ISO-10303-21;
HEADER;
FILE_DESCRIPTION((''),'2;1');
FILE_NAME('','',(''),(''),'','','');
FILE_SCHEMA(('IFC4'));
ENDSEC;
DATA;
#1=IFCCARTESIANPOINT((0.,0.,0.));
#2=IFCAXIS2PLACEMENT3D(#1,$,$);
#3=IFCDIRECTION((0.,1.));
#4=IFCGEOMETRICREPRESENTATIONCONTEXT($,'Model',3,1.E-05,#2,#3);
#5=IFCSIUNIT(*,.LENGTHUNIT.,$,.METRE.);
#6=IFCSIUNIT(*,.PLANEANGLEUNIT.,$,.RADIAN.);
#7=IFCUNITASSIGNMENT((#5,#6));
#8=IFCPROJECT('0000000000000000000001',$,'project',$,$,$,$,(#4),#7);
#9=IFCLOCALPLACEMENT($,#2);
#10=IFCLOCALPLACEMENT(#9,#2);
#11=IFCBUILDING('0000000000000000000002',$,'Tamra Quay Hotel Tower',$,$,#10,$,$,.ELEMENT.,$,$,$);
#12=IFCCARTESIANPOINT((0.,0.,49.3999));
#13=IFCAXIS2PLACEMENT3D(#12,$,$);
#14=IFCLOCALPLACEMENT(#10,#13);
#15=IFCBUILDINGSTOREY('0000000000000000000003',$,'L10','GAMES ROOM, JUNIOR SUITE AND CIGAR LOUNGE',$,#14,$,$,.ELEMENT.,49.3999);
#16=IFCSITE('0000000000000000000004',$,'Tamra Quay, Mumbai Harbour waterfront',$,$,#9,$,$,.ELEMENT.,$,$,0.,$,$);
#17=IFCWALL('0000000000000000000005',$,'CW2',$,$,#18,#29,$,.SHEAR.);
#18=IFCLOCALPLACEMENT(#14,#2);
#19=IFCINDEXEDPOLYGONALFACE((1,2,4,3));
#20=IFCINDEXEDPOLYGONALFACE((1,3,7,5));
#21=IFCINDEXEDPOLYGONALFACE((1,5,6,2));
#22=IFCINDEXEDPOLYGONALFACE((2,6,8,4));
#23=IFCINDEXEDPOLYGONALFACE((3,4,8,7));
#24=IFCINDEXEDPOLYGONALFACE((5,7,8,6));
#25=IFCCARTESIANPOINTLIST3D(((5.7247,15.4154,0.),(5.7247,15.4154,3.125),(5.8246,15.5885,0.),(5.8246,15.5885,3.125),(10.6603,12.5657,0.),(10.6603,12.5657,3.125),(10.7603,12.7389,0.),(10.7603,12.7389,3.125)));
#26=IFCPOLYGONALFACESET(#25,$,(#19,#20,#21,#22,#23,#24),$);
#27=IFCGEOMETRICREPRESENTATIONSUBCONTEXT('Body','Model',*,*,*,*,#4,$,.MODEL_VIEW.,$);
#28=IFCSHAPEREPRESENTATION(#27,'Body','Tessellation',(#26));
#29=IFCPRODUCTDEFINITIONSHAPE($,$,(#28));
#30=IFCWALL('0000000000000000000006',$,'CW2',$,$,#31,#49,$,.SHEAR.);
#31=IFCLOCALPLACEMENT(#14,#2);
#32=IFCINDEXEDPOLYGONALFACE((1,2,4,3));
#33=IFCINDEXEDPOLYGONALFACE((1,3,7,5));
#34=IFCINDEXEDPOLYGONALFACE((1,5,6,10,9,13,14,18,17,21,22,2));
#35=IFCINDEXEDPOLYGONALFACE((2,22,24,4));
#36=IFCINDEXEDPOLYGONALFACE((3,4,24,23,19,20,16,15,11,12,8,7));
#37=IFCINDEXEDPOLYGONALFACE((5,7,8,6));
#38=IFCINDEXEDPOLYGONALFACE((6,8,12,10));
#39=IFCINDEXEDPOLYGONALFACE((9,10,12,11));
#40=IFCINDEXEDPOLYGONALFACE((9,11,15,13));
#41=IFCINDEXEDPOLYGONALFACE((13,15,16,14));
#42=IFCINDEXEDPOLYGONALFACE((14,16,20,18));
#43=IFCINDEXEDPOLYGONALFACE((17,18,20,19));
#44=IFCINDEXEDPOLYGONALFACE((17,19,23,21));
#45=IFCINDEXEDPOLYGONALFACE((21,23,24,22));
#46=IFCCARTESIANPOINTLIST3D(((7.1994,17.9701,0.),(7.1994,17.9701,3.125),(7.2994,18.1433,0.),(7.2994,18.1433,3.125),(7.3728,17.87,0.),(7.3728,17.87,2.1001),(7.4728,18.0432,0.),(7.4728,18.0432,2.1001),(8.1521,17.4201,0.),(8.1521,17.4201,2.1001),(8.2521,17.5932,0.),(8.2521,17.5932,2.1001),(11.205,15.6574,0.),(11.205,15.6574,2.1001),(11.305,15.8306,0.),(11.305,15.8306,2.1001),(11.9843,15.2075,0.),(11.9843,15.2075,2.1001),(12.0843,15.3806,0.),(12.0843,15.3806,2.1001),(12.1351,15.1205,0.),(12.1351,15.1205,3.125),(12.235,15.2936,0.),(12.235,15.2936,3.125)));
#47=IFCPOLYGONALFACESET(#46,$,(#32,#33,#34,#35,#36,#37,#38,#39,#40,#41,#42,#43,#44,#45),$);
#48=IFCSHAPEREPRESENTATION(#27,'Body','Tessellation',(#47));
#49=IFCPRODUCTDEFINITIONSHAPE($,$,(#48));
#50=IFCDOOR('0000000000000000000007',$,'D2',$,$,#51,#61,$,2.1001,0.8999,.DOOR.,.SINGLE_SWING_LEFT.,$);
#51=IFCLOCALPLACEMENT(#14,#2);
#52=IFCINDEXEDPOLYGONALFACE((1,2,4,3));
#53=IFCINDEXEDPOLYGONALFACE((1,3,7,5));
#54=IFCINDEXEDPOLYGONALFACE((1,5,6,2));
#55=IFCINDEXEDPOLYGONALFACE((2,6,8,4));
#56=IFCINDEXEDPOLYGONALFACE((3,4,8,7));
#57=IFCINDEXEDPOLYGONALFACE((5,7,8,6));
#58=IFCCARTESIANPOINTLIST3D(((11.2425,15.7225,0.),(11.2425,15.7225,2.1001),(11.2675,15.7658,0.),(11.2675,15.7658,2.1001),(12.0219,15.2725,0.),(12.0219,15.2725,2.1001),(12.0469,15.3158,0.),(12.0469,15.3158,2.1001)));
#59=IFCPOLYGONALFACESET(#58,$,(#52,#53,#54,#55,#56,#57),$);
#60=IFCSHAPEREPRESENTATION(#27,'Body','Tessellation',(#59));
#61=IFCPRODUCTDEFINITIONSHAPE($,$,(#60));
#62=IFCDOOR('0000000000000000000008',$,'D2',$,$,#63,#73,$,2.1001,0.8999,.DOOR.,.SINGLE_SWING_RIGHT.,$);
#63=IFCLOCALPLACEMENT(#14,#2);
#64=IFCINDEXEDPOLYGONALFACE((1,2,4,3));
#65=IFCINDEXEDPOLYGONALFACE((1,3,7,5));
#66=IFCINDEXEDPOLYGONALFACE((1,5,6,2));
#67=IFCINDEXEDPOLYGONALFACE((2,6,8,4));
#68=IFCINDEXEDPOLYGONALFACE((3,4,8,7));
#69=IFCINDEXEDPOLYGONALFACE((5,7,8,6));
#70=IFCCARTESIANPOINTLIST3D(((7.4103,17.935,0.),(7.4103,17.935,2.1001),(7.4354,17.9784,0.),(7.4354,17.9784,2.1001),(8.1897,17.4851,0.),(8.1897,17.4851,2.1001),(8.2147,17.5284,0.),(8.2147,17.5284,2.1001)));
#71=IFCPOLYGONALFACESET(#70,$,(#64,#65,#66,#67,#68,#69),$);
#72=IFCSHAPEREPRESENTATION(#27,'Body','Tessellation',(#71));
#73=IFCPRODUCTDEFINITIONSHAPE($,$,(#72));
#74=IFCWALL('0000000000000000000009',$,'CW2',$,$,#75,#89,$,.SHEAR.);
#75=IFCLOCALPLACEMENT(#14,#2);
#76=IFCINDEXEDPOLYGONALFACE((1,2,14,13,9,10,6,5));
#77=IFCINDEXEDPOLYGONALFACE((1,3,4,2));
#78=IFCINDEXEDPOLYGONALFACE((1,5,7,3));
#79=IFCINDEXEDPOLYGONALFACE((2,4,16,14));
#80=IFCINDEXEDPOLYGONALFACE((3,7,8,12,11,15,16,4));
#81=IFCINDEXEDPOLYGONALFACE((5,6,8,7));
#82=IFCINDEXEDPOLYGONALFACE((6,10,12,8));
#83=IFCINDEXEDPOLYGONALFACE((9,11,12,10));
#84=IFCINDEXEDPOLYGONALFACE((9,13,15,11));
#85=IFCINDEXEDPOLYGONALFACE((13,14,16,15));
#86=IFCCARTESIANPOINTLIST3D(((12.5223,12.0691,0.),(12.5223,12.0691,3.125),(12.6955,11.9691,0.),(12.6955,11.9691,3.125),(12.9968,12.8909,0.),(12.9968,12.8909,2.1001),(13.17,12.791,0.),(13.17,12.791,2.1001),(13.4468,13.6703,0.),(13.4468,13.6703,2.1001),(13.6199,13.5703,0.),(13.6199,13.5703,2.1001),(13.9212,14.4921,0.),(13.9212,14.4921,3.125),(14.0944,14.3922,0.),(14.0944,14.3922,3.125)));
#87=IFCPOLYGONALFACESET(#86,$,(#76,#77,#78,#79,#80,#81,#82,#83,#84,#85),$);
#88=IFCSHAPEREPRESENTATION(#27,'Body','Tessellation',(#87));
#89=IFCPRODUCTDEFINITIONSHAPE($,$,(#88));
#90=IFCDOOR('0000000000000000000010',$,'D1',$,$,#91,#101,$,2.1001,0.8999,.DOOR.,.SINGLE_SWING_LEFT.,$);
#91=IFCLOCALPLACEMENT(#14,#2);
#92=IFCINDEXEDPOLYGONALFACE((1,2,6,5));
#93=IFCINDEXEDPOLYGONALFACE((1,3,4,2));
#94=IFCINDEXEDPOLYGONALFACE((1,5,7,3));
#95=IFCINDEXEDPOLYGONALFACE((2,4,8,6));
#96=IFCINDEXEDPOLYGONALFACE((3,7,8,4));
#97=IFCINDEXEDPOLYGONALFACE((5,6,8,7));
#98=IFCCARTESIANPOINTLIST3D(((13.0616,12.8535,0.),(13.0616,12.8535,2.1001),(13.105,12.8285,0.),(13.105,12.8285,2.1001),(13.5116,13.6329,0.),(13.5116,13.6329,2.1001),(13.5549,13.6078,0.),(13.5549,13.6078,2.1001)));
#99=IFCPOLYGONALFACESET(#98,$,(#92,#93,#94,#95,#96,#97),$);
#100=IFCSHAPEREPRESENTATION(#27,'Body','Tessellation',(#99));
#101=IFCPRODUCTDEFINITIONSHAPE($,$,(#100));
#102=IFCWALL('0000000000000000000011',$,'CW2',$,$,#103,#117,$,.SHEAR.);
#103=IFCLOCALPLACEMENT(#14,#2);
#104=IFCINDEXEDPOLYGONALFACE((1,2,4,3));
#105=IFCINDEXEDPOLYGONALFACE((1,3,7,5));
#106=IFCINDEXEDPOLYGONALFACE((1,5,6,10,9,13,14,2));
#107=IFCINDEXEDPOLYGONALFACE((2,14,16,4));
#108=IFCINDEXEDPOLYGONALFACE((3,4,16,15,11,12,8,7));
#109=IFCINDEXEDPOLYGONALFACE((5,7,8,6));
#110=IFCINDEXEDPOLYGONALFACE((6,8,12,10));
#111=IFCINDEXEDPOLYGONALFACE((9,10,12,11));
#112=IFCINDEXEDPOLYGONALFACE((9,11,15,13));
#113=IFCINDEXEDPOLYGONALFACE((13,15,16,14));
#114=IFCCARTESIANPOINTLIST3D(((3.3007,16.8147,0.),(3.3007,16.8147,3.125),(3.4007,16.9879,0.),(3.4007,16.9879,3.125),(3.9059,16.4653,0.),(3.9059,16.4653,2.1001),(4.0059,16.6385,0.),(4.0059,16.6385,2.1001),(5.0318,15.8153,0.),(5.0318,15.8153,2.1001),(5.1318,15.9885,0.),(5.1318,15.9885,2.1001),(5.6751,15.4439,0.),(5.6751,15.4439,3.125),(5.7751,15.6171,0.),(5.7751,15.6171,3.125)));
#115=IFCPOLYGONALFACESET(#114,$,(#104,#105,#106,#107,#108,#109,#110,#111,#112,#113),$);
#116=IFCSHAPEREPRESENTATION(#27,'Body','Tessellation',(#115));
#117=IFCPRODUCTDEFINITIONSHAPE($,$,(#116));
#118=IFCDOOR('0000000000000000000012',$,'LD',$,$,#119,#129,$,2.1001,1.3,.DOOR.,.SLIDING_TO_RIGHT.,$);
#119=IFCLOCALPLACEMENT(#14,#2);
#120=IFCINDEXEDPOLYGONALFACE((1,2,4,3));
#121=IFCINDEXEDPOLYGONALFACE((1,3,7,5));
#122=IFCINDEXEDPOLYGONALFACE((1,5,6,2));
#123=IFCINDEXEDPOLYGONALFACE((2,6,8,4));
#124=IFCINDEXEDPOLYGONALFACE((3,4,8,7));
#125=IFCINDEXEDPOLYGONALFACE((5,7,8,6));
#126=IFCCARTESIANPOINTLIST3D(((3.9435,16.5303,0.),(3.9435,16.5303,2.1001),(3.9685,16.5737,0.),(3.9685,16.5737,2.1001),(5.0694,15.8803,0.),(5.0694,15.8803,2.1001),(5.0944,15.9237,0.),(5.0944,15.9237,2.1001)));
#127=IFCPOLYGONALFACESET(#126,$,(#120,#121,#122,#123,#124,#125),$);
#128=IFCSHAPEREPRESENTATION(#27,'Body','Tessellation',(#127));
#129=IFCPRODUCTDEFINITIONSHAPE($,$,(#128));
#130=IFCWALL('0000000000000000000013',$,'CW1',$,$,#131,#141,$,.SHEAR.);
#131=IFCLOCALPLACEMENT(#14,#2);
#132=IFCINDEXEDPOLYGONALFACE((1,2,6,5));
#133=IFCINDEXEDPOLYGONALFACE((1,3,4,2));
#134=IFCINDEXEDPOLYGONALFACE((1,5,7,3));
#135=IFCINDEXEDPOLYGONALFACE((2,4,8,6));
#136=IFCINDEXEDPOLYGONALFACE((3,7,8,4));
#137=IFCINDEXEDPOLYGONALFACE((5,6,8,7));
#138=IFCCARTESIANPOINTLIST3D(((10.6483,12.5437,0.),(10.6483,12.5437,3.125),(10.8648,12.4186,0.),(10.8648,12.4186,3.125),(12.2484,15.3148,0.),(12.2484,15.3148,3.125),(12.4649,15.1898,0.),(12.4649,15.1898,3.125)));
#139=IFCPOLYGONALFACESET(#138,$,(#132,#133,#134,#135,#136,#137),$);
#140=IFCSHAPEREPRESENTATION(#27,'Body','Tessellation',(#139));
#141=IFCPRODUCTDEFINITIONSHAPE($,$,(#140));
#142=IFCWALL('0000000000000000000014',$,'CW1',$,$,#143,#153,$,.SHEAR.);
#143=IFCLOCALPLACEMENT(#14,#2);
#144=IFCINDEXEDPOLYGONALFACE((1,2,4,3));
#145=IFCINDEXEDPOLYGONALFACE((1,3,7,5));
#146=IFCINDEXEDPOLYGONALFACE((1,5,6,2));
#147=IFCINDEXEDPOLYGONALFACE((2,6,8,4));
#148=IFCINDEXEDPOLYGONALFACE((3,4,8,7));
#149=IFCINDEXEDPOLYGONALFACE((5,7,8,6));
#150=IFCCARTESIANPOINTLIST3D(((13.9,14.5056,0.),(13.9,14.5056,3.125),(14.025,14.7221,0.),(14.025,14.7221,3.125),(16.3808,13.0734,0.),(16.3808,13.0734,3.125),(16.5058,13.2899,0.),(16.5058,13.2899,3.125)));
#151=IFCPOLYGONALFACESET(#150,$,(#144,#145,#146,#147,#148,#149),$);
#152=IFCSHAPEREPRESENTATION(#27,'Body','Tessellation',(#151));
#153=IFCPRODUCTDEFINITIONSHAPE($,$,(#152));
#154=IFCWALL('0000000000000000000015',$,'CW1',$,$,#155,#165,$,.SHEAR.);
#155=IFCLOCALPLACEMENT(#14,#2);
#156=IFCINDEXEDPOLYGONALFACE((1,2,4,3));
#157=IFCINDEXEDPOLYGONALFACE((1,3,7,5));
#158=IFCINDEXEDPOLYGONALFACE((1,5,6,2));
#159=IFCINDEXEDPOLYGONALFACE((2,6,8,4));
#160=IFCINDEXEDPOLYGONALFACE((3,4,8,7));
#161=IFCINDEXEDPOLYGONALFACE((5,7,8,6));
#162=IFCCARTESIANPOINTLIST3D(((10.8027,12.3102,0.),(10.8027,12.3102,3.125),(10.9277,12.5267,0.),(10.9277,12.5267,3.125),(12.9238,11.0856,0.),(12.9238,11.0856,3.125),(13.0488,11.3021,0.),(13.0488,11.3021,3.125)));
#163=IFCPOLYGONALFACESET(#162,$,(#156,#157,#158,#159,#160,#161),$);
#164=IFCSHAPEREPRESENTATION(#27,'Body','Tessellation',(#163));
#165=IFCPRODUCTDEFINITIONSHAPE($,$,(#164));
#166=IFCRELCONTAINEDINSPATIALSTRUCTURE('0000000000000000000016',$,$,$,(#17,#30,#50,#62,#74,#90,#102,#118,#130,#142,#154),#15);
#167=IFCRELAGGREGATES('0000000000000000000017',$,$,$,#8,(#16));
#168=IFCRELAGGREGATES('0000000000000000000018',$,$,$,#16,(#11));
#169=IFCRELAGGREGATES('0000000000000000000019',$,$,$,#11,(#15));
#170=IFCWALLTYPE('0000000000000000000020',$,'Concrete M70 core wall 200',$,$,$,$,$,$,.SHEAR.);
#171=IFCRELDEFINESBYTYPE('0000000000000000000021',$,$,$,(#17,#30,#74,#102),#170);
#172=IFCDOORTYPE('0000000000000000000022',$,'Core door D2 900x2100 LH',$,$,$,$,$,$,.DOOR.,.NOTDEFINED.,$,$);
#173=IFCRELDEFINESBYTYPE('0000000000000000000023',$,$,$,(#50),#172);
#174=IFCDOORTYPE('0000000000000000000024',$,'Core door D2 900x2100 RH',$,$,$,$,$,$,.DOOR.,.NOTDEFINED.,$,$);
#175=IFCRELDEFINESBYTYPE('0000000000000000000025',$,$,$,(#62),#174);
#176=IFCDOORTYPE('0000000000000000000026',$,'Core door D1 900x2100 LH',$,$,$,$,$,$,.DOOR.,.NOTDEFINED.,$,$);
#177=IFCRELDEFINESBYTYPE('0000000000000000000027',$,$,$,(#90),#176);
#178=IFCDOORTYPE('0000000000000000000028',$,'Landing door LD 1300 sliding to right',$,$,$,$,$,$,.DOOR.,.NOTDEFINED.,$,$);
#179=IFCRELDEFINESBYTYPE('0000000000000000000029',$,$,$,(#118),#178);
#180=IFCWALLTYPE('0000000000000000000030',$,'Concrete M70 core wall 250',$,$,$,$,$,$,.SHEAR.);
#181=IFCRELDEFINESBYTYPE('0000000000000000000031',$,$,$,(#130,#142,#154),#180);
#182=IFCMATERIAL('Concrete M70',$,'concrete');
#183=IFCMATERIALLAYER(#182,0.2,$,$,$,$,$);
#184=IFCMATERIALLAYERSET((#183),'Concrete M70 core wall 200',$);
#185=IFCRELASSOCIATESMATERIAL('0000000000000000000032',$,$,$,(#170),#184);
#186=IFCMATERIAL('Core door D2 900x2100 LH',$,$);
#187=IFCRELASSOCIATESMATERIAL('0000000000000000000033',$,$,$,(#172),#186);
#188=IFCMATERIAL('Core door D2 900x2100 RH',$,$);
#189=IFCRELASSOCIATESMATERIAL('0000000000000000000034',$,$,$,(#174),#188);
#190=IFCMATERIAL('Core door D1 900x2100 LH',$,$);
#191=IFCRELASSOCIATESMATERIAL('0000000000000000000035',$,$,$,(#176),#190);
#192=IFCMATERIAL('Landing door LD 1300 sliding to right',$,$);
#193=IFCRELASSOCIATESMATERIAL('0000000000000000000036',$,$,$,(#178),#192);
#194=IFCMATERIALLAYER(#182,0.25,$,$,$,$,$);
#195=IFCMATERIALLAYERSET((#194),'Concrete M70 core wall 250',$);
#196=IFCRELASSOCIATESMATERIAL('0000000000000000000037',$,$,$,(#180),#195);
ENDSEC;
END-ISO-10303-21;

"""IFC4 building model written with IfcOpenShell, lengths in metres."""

from ifc_helpers import new_model, si_unit, direction, frame, frame_2d, origin, place, context, subcontext, project, spatial, rectangle, extrude, material, layer, layer_set, type_object, element, fill, save


model = new_model("IFC4")

# Units and contexts
model_context = context("Model", 3, precision=1e-05, world=origin(), true_north=direction((0.0, 1.0)))
body_context = subcontext(model_context, "Body", "Model", "MODEL_VIEW")
ifc_project = project(units=[si_unit("LENGTHUNIT", "METRE"), si_unit("PLANEANGLEUNIT", "RADIAN")], contexts=[model_context])

# Site, building, storey
site_placement = place(None, origin())
site = spatial("IfcSite", under=ifc_project, at=site_placement, Name="Tamra Quay, Mumbai Harbour waterfront", CompositionType="ELEMENT", RefElevation=0.0)
building_placement = place(site_placement, origin())
building = spatial("IfcBuilding", under=site, at=building_placement, Name="Tamra Quay Hotel Tower", CompositionType="ELEMENT")
storey_placement = place(building_placement, frame((0.0, 0.0, 49.3999)))
storey = spatial("IfcBuildingStorey", under=building, at=storey_placement, Name="L10", Description="GAMES ROOM, JUNIOR SUITE AND CIGAR LOUNGE", CompositionType="ELEMENT", Elevation=49.3999)

# Wall
ifc_material_1 = material(Name="Concrete M70", Category="concrete")
ifc_layer_1 = layer(ifc_material_1, 0.2)
ifc_layer_set_1 = layer_set([ifc_layer_1], Name="Concrete M70 core wall 200")
wall_type_1 = type_object("IfcWallType", Name="Concrete M70 core wall 200", PredefinedType="SHEAR", material=ifc_layer_set_1)
wall_1_placement = place(storey_placement, frame((5.7747, 15.502, 0.0), z_axis=(0.0, 0.0, 1.0), x_axis=(0.86602, -0.500009, 0.0)))
element("IfcWall", 1, at=wall_1_placement, inside=storey, type_object=wall_type_1, Name="CW2", PredefinedType="SHEAR", context=body_context, shape_type="SweptSolid", body=[
    extrude(rectangle(XDim=5.6992, YDim=0.2, at=frame_2d((2.8496, 0.0))), origin(), (0.0, 0.0, 1.0), 3.125),
])

# Wall, openings, doors
wall_2_placement = place(storey_placement, frame((12.1851, 15.207, 0.0), z_axis=(0.0, 0.0, 1.0), x_axis=(-0.86602, 0.500009, 0.0)))
wall_2 = element("IfcWall", 2, at=wall_2_placement, inside=storey, type_object=wall_type_1, Name="CW2", PredefinedType="SHEAR", context=body_context, shape_type="SweptSolid", body=[
    extrude(rectangle(XDim=5.6992, YDim=0.2, at=frame_2d((2.8496, 0.0))), origin(), (0.0, 0.0, 1.0), 3.125),
])
opening_1_placement = place(wall_2_placement, frame((0.1741, 0.0, 0.0)))
opening_1 = element("IfcOpeningElement", 3, at=opening_1_placement, cuts=wall_2, PredefinedType="OPENING", context=body_context, shape_type="SweptSolid", body=[
    extrude(rectangle(XDim=0.8999, YDim=2.1001, at=frame_2d((0.45, 1.05))), frame((0.0, 0.1099, 0.0), z_axis=(0.0, -1.0, 0.0), x_axis=(1.0, 0.0, 0.0)), (0.0, 0.0, 1.0), 0.22),
])
opening_2_placement = place(wall_2_placement, frame((4.5991, 0.0, 0.0)))
opening_2 = element("IfcOpeningElement", 4, at=opening_2_placement, cuts=wall_2, PredefinedType="OPENING", context=body_context, shape_type="SweptSolid", body=[
    extrude(rectangle(XDim=0.8999, YDim=2.1001, at=frame_2d((0.45, 1.05))), frame((0.0, 0.1099, 0.0), z_axis=(0.0, -1.0, 0.0), x_axis=(1.0, 0.0, 0.0)), (0.0, 0.0, 1.0), 0.22),
])
ifc_material_2 = material(Name="Core door D2 900x2100 LH")
door_type_1 = type_object("IfcDoorType", Name="Core door D2 900x2100 LH", OperationType="NOTDEFINED", PredefinedType="DOOR", material=ifc_material_2)
door_1_placement = place(opening_1_placement, origin())
door_1 = element("IfcDoor", 5, at=door_1_placement, inside=storey, type_object=door_type_1, Name="D2", OperationType="SINGLE_SWING_LEFT", OverallHeight=2.1001, OverallWidth=0.8999, PredefinedType="DOOR", context=body_context, shape_type="SweptSolid", body=[
    extrude(rectangle(XDim=0.8999, YDim=2.1001, at=frame_2d((0.45, 1.05))), frame((0.0, 0.0249, 0.0), z_axis=(0.0, -1.0, 0.0), x_axis=(1.0, 0.0, 0.0)), (0.0, 0.0, 1.0), 0.05),
])
fill(opening_1, door_1)
ifc_material_3 = material(Name="Core door D2 900x2100 RH")
door_type_2 = type_object("IfcDoorType", Name="Core door D2 900x2100 RH", OperationType="NOTDEFINED", PredefinedType="DOOR", material=ifc_material_3)
door_2_placement = place(opening_2_placement, origin())
door_2 = element("IfcDoor", 6, at=door_2_placement, inside=storey, type_object=door_type_2, Name="D2", OperationType="SINGLE_SWING_RIGHT", OverallHeight=2.1001, OverallWidth=0.8999, PredefinedType="DOOR", context=body_context, shape_type="SweptSolid", body=[
    extrude(rectangle(XDim=0.8999, YDim=2.1001, at=frame_2d((0.45, 1.05))), frame((0.0, 0.0249, 0.0), z_axis=(0.0, -1.0, 0.0), x_axis=(1.0, 0.0, 0.0)), (0.0, 0.0, 1.0), 0.05),
])
fill(opening_2, door_2)

# Walls, openings, doors
wall_3_placement = place(storey_placement, frame((14.0078, 14.4421, 0.0), z_axis=(0.0, 0.0, 1.0), x_axis=(-0.499987, -0.866033, 0.0)))
wall_3 = element("IfcWall", 7, at=wall_3_placement, inside=storey, type_object=wall_type_1, Name="CW2", PredefinedType="SHEAR", context=body_context, shape_type="SweptSolid", body=[
    extrude(rectangle(XDim=2.7979, YDim=0.2, at=frame_2d((1.3989, 0.0))), origin(), (0.0, 0.0, 1.0), 3.125),
])
opening_3_placement = place(wall_3_placement, frame((0.949, 0.0, 0.0)))
opening_3 = element("IfcOpeningElement", 8, at=opening_3_placement, cuts=wall_3, PredefinedType="OPENING", context=body_context, shape_type="SweptSolid", body=[
    extrude(rectangle(XDim=0.8999, YDim=2.1001, at=frame_2d((0.45, 1.05))), frame((0.0, 0.1099, 0.0), z_axis=(0.0, -1.0, 0.0), x_axis=(1.0, 0.0, 0.0)), (0.0, 0.0, 1.0), 0.22),
])
ifc_material_4 = material(Name="Core door D1 900x2100 LH")
door_type_3 = type_object("IfcDoorType", Name="Core door D1 900x2100 LH", OperationType="NOTDEFINED", PredefinedType="DOOR", material=ifc_material_4)
door_3_placement = place(opening_3_placement, origin())
door_3 = element("IfcDoor", 9, at=door_3_placement, inside=storey, type_object=door_type_3, Name="D1", OperationType="SINGLE_SWING_LEFT", OverallHeight=2.1001, OverallWidth=0.8999, PredefinedType="DOOR", context=body_context, shape_type="SweptSolid", body=[
    extrude(rectangle(XDim=0.8999, YDim=2.1001, at=frame_2d((0.45, 1.05))), frame((0.0, 0.0249, 0.0), z_axis=(0.0, -1.0, 0.0), x_axis=(1.0, 0.0, 0.0)), (0.0, 0.0, 1.0), 0.05),
])
fill(opening_3, door_3)
wall_4_placement = place(storey_placement, frame((5.7251, 15.5305, 0.0), z_axis=(0.0, 0.0, 1.0), x_axis=(-0.866037, 0.499979, 0.0)))
wall_4 = element("IfcWall", 10, at=wall_4_placement, inside=storey, type_object=wall_type_1, Name="CW2", PredefinedType="SHEAR", context=body_context, shape_type="SweptSolid", body=[
    extrude(rectangle(XDim=2.7417, YDim=0.2, at=frame_2d((1.3708, 0.0))), origin(), (0.0, 0.0, 1.0), 3.125),
])
opening_4_placement = place(wall_4_placement, frame((0.7429, 0.0, 0.0)))
opening_4 = element("IfcOpeningElement", 11, at=opening_4_placement, cuts=wall_4, PredefinedType="OPENING", context=body_context, shape_type="SweptSolid", body=[
    extrude(rectangle(XDim=1.3, YDim=2.1001, at=frame_2d((0.6499, 1.05))), frame((0.0, 0.1099, 0.0), z_axis=(0.0, -1.0, 0.0), x_axis=(1.0, 0.0, 0.0)), (0.0, 0.0, 1.0), 0.22),
])
ifc_material_5 = material(Name="Landing door LD 1300 sliding to right")
door_type_4 = type_object("IfcDoorType", Name="Landing door LD 1300 sliding to right", OperationType="NOTDEFINED", PredefinedType="DOOR", material=ifc_material_5)
door_4_placement = place(opening_4_placement, origin())
door_4 = element("IfcDoor", 12, at=door_4_placement, inside=storey, type_object=door_type_4, Name="LD", OperationType="SLIDING_TO_RIGHT", OverallHeight=2.1001, OverallWidth=1.3, PredefinedType="DOOR", context=body_context, shape_type="SweptSolid", body=[
    extrude(rectangle(XDim=1.3, YDim=2.1001, at=frame_2d((0.6499, 1.05))), frame((0.0, 0.0249, 0.0), z_axis=(0.0, -1.0, 0.0), x_axis=(1.0, 0.0, 0.0)), (0.0, 0.0, 1.0), 0.05),
])
fill(opening_4, door_4)

# Walls
ifc_layer_2 = layer(ifc_material_1, 0.25)
ifc_layer_set_2 = layer_set([ifc_layer_2], Name="Concrete M70 core wall 250")
wall_type_2 = type_object("IfcWallType", Name="Concrete M70 core wall 250", PredefinedType="SHEAR", material=ifc_layer_set_2)
wall_5_placement = place(storey_placement, frame((12.3567, 15.2524, 0.0), z_axis=(0.0, 0.0, 1.0), x_axis=(-0.500028, -0.866009, 0.0)))
element("IfcWall", 13, at=wall_5_placement, inside=storey, type_object=wall_type_2, Name="CW1", PredefinedType="SHEAR", context=body_context, shape_type="SweptSolid", body=[
    extrude(rectangle(XDim=3.2, YDim=0.25, at=frame_2d((1.6001, 0.0))), origin(), (0.0, 0.0, 1.0), 3.125),
])
wall_6_placement = place(storey_placement, frame((13.9626, 14.6138, 0.0), z_axis=(0.0, 0.0, 1.0), x_axis=(0.866042, -0.499971, 0.0)))
element("IfcWall", 14, at=wall_6_placement, inside=storey, type_object=wall_type_2, Name="CW1", PredefinedType="SHEAR", context=body_context, shape_type="SweptSolid", body=[
    extrude(rectangle(XDim=2.8645, YDim=0.25, at=frame_2d((1.4321, 0.0))), origin(), (0.0, 0.0, 1.0), 3.125),
])
wall_7_placement = place(storey_placement, frame((10.8652, 12.4185, 0.0), z_axis=(0.0, 0.0, 1.0), x_axis=(0.866026, -0.499999, 0.0)))
element("IfcWall", 15, at=wall_7_placement, inside=storey, type_object=wall_type_2, Name="CW1", PredefinedType="SHEAR", context=body_context, shape_type="SweptSolid", body=[
    extrude(rectangle(XDim=2.4492, YDim=0.25, at=frame_2d((1.2246, 0.0))), origin(), (0.0, 0.0, 1.0), 3.125),
])

save(model, "model.ifc")
